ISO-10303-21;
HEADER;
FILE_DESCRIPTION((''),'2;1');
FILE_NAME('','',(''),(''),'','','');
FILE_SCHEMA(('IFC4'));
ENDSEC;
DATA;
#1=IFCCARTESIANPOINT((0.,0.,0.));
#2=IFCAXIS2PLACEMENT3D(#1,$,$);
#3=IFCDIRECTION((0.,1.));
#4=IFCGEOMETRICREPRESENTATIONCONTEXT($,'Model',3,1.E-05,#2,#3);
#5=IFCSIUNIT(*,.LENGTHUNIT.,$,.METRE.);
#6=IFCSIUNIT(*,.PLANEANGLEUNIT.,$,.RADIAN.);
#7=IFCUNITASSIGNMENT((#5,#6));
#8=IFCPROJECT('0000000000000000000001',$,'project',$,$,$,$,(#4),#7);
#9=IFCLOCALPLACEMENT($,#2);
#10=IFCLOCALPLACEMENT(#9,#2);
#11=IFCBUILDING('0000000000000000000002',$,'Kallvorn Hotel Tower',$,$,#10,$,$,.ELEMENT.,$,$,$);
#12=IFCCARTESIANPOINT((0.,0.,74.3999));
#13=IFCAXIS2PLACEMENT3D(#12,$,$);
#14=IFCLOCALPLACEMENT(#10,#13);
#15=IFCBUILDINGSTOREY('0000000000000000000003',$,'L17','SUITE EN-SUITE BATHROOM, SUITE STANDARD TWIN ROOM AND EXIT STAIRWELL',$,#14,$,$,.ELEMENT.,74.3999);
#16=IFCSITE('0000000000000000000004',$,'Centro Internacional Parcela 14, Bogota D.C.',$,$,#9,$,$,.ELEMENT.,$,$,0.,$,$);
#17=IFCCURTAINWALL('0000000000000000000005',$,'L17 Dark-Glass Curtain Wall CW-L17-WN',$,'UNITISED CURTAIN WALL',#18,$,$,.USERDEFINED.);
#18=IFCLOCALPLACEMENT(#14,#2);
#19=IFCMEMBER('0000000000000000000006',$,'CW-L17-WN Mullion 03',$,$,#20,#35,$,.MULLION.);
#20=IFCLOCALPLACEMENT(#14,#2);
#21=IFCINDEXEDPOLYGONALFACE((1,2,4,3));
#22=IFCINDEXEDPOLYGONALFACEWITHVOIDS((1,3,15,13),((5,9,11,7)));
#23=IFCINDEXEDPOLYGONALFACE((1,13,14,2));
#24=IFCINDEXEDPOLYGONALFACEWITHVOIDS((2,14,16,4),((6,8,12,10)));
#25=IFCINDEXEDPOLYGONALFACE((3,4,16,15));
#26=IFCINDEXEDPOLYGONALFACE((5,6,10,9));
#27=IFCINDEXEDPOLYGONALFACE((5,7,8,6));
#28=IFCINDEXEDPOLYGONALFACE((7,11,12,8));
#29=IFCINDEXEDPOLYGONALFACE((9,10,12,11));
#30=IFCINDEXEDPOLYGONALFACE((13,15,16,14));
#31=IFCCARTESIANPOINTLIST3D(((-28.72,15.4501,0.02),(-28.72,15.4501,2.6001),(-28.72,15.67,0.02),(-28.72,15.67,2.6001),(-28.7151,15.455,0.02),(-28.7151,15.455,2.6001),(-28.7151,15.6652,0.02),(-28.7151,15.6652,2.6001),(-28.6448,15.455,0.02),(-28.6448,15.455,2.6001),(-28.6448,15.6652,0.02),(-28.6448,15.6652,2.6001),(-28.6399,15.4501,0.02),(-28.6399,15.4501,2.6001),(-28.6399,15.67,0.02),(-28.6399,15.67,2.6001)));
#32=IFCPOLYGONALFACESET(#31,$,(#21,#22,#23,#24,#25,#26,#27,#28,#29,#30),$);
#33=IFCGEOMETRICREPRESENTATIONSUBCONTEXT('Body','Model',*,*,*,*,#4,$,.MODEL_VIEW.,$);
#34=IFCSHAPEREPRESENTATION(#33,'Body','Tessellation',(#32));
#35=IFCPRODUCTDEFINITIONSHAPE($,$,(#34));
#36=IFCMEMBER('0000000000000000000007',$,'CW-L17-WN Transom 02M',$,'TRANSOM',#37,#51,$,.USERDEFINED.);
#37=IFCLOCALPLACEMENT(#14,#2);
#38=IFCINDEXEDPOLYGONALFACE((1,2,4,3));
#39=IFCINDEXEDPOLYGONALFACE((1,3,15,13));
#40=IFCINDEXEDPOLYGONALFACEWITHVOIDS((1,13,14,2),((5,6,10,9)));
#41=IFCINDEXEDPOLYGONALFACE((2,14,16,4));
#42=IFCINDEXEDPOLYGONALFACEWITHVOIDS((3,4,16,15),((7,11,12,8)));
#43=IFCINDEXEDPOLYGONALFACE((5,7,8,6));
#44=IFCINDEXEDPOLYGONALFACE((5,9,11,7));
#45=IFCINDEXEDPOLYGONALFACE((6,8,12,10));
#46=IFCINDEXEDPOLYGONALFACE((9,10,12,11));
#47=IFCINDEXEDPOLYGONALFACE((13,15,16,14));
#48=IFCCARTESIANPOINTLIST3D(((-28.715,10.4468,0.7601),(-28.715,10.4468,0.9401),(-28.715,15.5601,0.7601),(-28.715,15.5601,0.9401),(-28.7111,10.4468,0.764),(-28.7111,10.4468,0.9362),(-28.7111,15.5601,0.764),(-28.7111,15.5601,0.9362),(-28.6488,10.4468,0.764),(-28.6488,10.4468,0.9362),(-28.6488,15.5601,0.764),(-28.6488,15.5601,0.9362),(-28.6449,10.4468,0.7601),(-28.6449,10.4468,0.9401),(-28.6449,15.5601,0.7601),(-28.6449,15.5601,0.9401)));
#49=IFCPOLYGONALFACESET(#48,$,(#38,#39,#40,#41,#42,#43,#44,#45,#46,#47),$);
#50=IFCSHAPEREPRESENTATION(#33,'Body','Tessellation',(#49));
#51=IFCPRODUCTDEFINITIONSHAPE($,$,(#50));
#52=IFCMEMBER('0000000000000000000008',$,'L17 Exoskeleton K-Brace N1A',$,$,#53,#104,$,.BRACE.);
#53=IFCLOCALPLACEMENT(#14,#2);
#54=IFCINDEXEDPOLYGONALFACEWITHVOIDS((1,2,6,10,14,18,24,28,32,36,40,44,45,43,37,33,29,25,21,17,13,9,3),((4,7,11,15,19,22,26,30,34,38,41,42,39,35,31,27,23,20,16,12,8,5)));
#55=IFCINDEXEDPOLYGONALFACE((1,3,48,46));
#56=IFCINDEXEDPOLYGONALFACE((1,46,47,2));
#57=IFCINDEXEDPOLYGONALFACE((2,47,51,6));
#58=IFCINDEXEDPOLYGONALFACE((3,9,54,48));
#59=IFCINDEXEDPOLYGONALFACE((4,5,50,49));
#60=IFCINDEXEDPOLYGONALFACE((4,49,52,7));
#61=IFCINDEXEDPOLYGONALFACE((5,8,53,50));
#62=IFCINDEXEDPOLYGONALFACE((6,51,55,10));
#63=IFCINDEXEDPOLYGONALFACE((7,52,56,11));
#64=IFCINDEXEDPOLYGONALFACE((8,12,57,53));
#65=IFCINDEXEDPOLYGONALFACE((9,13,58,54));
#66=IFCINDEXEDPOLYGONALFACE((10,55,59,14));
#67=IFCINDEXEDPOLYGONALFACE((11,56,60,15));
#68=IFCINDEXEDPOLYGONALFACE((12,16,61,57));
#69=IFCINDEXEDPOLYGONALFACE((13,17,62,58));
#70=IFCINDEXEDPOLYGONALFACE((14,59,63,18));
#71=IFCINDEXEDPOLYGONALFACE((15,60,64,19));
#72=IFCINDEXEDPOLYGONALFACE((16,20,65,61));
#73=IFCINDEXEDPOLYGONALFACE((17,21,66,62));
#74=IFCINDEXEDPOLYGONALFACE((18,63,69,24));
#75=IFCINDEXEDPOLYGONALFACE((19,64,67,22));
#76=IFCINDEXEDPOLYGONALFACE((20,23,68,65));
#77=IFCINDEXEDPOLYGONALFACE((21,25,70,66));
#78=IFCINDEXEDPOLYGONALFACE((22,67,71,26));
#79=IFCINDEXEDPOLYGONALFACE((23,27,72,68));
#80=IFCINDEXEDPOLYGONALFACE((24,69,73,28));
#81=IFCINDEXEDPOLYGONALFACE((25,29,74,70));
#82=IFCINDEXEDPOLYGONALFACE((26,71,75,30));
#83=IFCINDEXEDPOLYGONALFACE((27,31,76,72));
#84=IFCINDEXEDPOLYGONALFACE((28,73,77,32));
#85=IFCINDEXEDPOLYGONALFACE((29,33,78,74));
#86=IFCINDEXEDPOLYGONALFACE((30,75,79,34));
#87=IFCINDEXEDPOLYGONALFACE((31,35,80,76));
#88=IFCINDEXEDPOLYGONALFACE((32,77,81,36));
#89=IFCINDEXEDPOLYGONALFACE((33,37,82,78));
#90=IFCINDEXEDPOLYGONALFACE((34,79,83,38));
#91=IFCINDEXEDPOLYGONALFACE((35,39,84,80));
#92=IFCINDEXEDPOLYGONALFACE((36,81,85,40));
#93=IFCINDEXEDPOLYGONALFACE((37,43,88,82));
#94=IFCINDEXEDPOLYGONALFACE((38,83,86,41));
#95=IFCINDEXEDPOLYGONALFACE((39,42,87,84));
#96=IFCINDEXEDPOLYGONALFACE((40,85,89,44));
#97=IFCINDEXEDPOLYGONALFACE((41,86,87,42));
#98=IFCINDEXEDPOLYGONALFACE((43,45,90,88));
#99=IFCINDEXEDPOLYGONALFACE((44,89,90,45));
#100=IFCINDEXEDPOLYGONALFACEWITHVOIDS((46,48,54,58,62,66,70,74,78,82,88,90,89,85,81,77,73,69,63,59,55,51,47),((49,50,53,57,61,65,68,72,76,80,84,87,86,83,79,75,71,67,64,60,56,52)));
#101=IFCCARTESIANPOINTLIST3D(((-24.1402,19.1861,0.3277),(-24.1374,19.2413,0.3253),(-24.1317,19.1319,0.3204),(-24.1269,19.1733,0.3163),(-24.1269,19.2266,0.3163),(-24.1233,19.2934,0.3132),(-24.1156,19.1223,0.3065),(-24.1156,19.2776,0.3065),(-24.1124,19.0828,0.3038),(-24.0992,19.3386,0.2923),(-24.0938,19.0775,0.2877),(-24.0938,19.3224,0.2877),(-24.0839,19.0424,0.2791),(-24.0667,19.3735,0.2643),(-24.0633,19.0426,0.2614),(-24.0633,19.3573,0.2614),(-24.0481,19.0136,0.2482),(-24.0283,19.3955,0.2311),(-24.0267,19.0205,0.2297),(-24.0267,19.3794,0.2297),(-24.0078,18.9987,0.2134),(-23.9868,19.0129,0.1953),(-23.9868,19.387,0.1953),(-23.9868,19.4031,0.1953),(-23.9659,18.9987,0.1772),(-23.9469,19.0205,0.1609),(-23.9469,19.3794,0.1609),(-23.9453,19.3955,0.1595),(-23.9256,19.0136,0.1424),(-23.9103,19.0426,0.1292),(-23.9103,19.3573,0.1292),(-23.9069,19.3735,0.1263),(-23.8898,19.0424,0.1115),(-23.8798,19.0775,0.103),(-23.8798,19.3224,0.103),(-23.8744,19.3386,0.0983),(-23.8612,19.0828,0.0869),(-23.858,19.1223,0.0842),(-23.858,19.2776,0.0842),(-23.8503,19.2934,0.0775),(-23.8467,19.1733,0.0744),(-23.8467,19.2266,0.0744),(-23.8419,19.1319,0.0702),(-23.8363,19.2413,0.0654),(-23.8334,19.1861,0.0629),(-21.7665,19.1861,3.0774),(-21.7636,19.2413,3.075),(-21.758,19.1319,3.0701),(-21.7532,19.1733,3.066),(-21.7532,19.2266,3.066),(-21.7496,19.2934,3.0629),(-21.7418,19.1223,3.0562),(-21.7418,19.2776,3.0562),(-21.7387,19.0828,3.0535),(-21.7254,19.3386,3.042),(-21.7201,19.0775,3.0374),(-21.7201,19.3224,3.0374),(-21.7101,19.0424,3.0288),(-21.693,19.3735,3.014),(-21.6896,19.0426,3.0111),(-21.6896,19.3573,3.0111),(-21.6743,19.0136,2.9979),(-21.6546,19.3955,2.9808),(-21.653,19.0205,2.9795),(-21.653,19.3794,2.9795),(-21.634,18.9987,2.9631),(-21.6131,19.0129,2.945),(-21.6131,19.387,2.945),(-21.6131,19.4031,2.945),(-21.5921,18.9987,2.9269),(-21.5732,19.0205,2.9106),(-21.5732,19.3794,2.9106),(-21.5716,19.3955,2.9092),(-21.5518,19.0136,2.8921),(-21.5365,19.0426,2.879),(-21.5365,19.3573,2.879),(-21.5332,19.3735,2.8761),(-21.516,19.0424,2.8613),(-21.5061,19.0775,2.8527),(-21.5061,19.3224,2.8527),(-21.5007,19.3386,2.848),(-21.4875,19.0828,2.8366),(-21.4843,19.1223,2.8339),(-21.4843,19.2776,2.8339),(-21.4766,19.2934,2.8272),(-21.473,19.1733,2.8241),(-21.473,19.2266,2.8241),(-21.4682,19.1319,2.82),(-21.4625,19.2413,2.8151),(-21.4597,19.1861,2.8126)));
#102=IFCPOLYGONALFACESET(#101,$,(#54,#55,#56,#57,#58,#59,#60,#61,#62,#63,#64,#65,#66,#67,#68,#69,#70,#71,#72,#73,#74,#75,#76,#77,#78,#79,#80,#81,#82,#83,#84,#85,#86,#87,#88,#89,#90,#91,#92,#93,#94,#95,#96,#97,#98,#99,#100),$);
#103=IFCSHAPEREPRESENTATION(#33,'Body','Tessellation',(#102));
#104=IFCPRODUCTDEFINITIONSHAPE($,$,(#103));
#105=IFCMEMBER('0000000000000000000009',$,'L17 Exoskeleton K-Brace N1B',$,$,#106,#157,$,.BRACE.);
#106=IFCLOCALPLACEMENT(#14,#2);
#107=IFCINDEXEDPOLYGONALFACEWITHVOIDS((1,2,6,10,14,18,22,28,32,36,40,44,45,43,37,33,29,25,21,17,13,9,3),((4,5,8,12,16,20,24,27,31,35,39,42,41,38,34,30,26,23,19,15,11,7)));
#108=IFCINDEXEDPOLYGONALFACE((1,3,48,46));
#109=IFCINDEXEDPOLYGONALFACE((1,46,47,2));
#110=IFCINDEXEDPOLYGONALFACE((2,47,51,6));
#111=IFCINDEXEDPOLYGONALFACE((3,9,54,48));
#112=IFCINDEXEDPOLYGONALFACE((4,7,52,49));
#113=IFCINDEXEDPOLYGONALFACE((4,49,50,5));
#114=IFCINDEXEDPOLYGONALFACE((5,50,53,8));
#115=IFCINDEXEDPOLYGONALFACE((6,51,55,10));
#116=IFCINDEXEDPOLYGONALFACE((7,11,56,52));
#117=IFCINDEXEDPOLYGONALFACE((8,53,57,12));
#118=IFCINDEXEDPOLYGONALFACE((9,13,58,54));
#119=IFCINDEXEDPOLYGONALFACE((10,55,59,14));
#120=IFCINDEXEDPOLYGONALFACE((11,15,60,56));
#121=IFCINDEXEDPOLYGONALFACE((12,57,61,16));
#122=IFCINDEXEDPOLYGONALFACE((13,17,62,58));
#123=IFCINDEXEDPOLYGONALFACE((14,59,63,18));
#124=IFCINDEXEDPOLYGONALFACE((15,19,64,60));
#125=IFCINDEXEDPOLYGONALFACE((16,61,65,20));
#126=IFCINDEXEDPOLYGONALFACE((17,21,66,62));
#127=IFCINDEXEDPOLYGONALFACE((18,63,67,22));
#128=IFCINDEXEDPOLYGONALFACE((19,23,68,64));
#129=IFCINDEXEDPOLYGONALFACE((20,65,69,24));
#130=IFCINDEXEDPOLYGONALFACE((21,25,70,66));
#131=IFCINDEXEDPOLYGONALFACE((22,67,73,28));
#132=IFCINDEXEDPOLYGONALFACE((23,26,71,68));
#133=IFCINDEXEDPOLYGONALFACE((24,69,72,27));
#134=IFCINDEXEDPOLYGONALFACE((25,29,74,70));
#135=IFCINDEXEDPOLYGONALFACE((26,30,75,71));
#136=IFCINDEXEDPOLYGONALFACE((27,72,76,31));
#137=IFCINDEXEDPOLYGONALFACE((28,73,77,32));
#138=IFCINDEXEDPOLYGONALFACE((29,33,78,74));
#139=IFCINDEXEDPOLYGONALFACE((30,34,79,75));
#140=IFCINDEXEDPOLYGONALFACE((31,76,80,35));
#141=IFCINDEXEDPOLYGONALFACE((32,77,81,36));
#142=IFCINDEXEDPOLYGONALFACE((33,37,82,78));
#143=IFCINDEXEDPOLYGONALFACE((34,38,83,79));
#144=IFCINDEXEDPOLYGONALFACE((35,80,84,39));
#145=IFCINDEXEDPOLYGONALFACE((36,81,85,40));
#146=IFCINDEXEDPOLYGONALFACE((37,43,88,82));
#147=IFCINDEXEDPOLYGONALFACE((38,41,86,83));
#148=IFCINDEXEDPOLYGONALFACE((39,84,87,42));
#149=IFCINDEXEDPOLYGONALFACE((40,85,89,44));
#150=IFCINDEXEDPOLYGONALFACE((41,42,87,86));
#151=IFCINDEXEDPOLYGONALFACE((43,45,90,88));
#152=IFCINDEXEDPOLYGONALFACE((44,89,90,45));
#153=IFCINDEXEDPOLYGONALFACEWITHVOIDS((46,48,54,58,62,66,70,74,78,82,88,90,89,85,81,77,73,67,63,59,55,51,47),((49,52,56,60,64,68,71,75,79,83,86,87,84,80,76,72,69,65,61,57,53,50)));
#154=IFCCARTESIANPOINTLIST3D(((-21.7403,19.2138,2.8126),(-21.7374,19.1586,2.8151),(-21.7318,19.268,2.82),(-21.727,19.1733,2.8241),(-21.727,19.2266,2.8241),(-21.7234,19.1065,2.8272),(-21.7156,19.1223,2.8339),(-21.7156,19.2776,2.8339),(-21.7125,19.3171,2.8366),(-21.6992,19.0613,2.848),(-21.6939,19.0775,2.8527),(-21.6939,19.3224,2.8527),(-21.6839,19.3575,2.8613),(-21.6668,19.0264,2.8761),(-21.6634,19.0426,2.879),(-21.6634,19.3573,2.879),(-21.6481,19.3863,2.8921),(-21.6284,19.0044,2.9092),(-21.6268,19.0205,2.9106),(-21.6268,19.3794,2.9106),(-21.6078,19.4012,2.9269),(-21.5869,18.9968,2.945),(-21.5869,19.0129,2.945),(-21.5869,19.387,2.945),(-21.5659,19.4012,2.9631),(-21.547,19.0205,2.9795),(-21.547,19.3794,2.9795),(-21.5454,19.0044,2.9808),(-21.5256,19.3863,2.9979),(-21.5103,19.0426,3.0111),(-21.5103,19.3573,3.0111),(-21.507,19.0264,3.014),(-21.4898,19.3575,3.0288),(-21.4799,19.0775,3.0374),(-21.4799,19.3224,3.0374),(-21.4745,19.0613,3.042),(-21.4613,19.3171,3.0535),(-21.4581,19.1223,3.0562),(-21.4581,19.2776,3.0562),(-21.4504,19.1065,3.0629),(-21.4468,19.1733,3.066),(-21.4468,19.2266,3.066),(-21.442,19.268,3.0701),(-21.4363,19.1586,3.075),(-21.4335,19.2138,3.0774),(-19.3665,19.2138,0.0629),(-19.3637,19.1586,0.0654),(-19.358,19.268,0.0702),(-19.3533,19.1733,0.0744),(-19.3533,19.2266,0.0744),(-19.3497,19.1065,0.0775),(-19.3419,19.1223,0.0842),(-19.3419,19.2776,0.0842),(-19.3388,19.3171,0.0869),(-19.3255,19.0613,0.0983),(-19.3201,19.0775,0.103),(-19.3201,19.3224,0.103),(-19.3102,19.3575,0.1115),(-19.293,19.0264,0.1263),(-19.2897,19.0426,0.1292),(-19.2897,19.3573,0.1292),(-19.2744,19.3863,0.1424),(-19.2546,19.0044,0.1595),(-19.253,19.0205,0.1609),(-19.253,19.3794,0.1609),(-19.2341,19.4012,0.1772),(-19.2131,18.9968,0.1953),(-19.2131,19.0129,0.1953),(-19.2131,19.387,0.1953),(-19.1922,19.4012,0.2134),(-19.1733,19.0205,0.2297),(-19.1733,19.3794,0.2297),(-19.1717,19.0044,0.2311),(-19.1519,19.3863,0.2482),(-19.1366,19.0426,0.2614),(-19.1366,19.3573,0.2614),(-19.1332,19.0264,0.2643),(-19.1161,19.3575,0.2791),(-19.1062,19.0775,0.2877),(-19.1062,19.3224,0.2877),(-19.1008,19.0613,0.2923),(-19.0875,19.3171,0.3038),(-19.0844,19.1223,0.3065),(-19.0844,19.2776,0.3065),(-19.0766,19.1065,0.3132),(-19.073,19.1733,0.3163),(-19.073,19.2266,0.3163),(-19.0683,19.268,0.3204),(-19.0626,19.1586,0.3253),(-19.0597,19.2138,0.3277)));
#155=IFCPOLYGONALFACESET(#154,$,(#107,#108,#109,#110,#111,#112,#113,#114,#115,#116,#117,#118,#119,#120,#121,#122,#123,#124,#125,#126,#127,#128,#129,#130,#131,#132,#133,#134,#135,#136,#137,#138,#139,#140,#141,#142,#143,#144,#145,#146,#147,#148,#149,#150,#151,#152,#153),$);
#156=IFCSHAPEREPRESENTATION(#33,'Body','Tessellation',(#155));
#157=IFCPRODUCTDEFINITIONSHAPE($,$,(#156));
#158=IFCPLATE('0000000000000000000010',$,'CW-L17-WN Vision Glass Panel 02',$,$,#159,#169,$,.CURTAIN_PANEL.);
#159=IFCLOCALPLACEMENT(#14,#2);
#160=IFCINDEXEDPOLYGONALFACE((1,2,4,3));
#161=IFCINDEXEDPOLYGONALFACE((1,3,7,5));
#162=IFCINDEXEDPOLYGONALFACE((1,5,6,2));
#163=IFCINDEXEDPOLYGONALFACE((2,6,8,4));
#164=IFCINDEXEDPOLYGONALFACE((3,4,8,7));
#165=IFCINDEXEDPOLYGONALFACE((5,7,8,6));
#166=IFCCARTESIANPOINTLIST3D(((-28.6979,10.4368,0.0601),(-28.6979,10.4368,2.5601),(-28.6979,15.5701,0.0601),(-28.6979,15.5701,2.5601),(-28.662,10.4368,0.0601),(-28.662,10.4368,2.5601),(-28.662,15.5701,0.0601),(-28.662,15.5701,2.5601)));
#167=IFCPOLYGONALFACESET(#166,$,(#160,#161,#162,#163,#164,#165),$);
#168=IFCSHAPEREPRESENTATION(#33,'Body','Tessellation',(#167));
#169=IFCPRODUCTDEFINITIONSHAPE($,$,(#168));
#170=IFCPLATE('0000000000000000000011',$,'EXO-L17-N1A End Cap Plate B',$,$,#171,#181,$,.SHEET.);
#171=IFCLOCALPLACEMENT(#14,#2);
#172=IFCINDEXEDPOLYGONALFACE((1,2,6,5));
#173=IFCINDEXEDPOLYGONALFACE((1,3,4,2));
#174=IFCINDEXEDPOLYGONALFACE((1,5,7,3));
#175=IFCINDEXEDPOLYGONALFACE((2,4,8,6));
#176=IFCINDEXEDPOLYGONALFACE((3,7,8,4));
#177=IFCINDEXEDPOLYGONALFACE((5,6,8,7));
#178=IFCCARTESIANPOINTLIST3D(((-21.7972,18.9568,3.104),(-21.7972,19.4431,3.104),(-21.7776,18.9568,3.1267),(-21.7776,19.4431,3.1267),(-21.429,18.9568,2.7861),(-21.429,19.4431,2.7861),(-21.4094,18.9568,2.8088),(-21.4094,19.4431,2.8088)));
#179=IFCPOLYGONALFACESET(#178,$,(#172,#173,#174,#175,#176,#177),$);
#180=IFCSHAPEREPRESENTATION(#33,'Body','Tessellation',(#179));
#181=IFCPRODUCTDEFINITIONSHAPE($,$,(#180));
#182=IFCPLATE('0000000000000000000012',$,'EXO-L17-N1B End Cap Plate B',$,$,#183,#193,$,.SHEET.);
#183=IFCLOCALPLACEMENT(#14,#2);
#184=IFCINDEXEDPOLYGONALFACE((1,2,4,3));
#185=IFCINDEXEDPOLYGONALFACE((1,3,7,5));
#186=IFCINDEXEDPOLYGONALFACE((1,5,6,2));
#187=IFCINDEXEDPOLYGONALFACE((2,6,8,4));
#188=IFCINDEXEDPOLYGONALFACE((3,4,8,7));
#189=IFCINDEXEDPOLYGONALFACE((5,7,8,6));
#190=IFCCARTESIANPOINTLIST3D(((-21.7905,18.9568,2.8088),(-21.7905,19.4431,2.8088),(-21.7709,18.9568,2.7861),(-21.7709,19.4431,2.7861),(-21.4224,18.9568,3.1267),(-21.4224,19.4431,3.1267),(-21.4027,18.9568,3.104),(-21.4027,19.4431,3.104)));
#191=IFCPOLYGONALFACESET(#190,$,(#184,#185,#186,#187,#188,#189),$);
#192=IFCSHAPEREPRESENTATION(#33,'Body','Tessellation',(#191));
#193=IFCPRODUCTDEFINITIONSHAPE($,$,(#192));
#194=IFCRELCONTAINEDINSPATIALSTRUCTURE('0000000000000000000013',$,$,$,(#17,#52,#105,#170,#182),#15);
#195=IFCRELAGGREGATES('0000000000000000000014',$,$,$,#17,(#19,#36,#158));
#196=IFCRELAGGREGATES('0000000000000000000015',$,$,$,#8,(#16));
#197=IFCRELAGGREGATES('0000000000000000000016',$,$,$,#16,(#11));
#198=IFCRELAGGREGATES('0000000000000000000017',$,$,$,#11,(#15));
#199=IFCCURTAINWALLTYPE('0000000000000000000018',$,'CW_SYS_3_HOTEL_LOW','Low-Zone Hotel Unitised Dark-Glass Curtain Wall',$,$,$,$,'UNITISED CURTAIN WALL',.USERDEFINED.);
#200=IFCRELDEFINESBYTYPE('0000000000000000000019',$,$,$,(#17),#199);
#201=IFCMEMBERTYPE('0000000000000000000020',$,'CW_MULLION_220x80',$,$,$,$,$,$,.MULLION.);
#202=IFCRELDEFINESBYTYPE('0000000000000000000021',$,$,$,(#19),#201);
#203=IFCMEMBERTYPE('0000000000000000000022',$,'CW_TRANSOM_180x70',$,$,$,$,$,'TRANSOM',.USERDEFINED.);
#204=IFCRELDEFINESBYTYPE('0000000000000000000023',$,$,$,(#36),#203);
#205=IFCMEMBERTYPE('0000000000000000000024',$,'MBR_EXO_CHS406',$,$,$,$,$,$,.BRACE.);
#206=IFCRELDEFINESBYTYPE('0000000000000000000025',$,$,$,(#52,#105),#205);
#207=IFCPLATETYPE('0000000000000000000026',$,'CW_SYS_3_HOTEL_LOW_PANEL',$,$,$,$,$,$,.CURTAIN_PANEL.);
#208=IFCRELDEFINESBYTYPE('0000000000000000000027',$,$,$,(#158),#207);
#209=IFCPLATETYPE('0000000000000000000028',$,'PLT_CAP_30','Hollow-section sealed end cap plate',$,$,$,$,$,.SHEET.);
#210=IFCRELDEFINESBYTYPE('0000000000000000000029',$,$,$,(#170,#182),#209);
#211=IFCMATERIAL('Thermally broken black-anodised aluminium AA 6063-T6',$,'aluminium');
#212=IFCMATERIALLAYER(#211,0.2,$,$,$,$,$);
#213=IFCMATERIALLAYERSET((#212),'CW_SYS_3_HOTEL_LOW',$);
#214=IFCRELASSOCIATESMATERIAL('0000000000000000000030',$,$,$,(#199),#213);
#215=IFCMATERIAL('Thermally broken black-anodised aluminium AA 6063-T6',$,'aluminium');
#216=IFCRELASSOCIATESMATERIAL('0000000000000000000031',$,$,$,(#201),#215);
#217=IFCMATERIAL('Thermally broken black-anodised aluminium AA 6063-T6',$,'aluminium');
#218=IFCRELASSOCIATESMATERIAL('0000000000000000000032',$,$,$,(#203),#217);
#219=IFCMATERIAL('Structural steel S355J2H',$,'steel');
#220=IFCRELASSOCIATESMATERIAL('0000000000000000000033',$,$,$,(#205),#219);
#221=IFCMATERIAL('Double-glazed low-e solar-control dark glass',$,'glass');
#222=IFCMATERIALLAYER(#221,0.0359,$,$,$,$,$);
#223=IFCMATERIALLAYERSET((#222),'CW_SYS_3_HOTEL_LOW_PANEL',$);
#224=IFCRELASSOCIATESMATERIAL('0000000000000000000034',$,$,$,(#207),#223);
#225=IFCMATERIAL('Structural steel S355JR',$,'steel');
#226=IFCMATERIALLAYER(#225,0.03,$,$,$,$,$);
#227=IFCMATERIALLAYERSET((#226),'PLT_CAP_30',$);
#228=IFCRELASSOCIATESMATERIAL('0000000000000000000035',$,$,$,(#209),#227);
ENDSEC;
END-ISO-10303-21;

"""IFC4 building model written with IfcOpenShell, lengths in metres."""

from ifc_helpers import new_model, si_unit, direction, frame, origin, origin_2d, place, context, subcontext, project, spatial, polyline, rectangle, hollow_rectangle, hollow_circle, outline, extrude, material, layer, layer_set, material_profile, profile_set, type_object, element, aggregate, save


model = new_model("IFC4")

# Units and contexts
model_context = context("Model", 3, precision=1e-05, world=origin(), true_north=direction((0.0, 1.0)))
body_context = subcontext(model_context, "Body", "Model", "MODEL_VIEW")
ifc_project = project(units=[si_unit("LENGTHUNIT", "METRE"), si_unit("PLANEANGLEUNIT", "RADIAN")], contexts=[model_context])

# Site, building, storey
site_placement = place(None, origin())
site = spatial("IfcSite", under=ifc_project, at=site_placement, Name="Centro Internacional Parcela 14, Bogota D.C.", CompositionType="ELEMENT", RefElevation=0.0)
building_placement = place(site_placement, origin())
building = spatial("IfcBuilding", under=site, at=building_placement, Name="Kallvorn Hotel Tower", CompositionType="ELEMENT")
storey_placement = place(building_placement, frame((0.0, 0.0, 74.3999)))
storey = spatial("IfcBuildingStorey", under=building, at=storey_placement, Name="L17", Description="SUITE EN-SUITE BATHROOM, SUITE STANDARD TWIN ROOM AND EXIT STAIRWELL", CompositionType="ELEMENT", Elevation=74.3999)

# Curtain wall, members
ifc_material_1 = material(Name="Thermally broken black-anodised aluminium AA 6063-T6", Category="aluminium")
ifc_layer_1 = layer(ifc_material_1, 0.2)
ifc_layer_set_1 = layer_set([ifc_layer_1], Name="CW_SYS_3_HOTEL_LOW")
curtain_wall_type = type_object("IfcCurtainWallType", Name="CW_SYS_3_HOTEL_LOW", Description="Low-Zone Hotel Unitised Dark-Glass Curtain Wall", ElementType="UNITISED CURTAIN WALL", PredefinedType="USERDEFINED", material=ifc_layer_set_1)
curtain_wall_placement = place(storey_placement, origin())
curtain_wall = element("IfcCurtainWall", 1, at=curtain_wall_placement, inside=storey, type_object=curtain_wall_type, Name="L17 Dark-Glass Curtain Wall CW-L17-WN", ObjectType="UNITISED CURTAIN WALL", PredefinedType="USERDEFINED")
ifc_material_2 = material(Name="Thermally broken black-anodised aluminium AA 6063-T6", Category="aluminium")
ifc_material_profile_1 = material_profile(ifc_material_2, hollow_rectangle(XDim=0.0801, YDim=0.22, WallThickness=0.0049, at=origin_2d()), Name="MUL 220x80")
ifc_profile_set_1 = profile_set([ifc_material_profile_1], Name="Thermally broken black-anodised aluminium AA 6063-T6")
member_type_1 = type_object("IfcMemberType", Name="CW_MULLION_220x80", PredefinedType="MULLION", material=ifc_profile_set_1)
member_1_placement = place(storey_placement, frame((-28.6799, 15.5601, 0.02), z_axis=(0.0, 0.0, 1.0), x_axis=(1.0, 0.0, 0.0)))
member_1 = element("IfcMember", 2, at=member_1_placement, type_object=member_type_1, Name="CW-L17-WN Mullion 03", PredefinedType="MULLION", context=body_context, shape_type="SweptSolid", body=[
    extrude(hollow_rectangle(XDim=0.0801, YDim=0.22, WallThickness=0.0049, at=origin_2d()), origin(), (0.0, 0.0, 1.0), 2.5801),
])
ifc_material_3 = material(Name="Thermally broken black-anodised aluminium AA 6063-T6", Category="aluminium")
ifc_material_profile_2 = material_profile(ifc_material_3, hollow_rectangle(XDim=0.0701, YDim=0.1799, WallThickness=0.0039, at=origin_2d()), Name="TRN 180x70")
ifc_profile_set_2 = profile_set([ifc_material_profile_2], Name="Thermally broken black-anodised aluminium AA 6063-T6")
member_type_2 = type_object("IfcMemberType", Name="CW_TRANSOM_180x70", ElementType="TRANSOM", PredefinedType="USERDEFINED", material=ifc_profile_set_2)
member_2_placement = place(storey_placement, frame((-28.6799, 10.4468, 0.8501), z_axis=(0.0, 1.0, 0.0), x_axis=(-1.0, 0.0, 0.0)))
member_2 = element("IfcMember", 3, at=member_2_placement, type_object=member_type_2, Name="CW-L17-WN Transom 02M", ObjectType="TRANSOM", PredefinedType="USERDEFINED", context=body_context, shape_type="SweptSolid", body=[
    extrude(hollow_rectangle(XDim=0.0701, YDim=0.1799, WallThickness=0.0039, at=origin_2d()), origin(), (0.0, 0.0, 1.0), 5.1133),
])

# Members
ifc_material_4 = material(Name="Structural steel S355J2H", Category="steel")
ifc_material_profile_3 = material_profile(ifc_material_4, hollow_circle(Radius=0.2031, WallThickness=0.0161, at=origin_2d()), Name="CHS 406.4x16")
ifc_profile_set_3 = profile_set([ifc_material_profile_3], Name="Structural steel S355J2H")
member_type_3 = type_object("IfcMemberType", Name="MBR_EXO_CHS406", PredefinedType="BRACE", material=ifc_profile_set_3)
for number, where, z_axis, x_axis, name in (
    (4, (-23.9868, 19.2, 0.1953), (0.653461, 0.0, 0.756961), (0.0, 1.0, 0.0), "L17 Exoskeleton K-Brace N1A"),
    (5, (-19.2131, 19.2, 0.1953), (-0.653461, 0.0, 0.756961), (0.0, -1.0, 0.0), "L17 Exoskeleton K-Brace N1B"),
):
    element("IfcMember", number, at=place(storey_placement, frame(where, z_axis=z_axis, x_axis=x_axis)), inside=storey, type_object=member_type_3, Name=name, PredefinedType="BRACE", context=body_context, shape_type="SweptSolid", body=[
        extrude(hollow_circle(Radius=0.2031, WallThickness=0.0161, at=origin_2d()), origin(), (0.0, 0.0, 1.0), 3.6326),
    ])

# Plate
ifc_material_5 = material(Name="Double-glazed low-e solar-control dark glass", Category="glass")
ifc_layer_2 = layer(ifc_material_5, 0.0359)
ifc_layer_set_2 = layer_set([ifc_layer_2], Name="CW_SYS_3_HOTEL_LOW_PANEL")
plate_type_1 = type_object("IfcPlateType", Name="CW_SYS_3_HOTEL_LOW_PANEL", PredefinedType="CURTAIN_PANEL", material=ifc_layer_set_2)
plate_1_placement = place(storey_placement, frame((-28.6799, 13.0034, 0.0601), z_axis=(0.0, 0.0, 1.0), x_axis=(0.0, 1.0, 0.0)))
plate_1 = element("IfcPlate", 6, at=plate_1_placement, type_object=plate_type_1, Name="CW-L17-WN Vision Glass Panel 02", PredefinedType="CURTAIN_PANEL", context=body_context, shape_type="SweptSolid", body=[
    extrude(rectangle(XDim=5.1333, YDim=0.0359, at=origin_2d()), origin(), (0.0, 0.0, 1.0), 2.5),
])
aggregate(curtain_wall, [member_1, member_2, plate_1])

# Plates
ifc_material_6 = material(Name="Structural steel S355JR", Category="steel")
ifc_layer_3 = layer(ifc_material_6, 0.03)
ifc_layer_set_3 = layer_set([ifc_layer_3], Name="PLT_CAP_30")
plate_type_2 = type_object("IfcPlateType", Name="PLT_CAP_30", Description="Hollow-section sealed end cap plate", PredefinedType="SHEET", material=ifc_layer_set_3)
for number, where, z_axis, x_axis, name in (
    (7, (-21.4094, 18.9568, 2.8088), (0.653515, 0.0, 0.756913), (0.0, 1.0, 0.0), "EXO-L17-N1A End Cap Plate B"),
    (8, (-21.7905, 19.4431, 2.8088), (-0.653515, 0.0, 0.756913), (0.0, -1.0, 0.0), "EXO-L17-N1B End Cap Plate B"),
):
    element("IfcPlate", number, at=place(storey_placement, frame(where, z_axis=z_axis, x_axis=x_axis)), inside=storey, type_object=plate_type_2, Name=name, PredefinedType="SHEET", context=body_context, shape_type="SweptSolid", body=[
        extrude(outline(polyline([(0.0, 0.0), (0.4863, 0.0), (0.4863, 0.4864), (0.0, 0.4864), (0.0, 0.0)])), origin(), (0.0, 0.0, -1.0), 0.03),
    ])

save(model, "model.ifc")
